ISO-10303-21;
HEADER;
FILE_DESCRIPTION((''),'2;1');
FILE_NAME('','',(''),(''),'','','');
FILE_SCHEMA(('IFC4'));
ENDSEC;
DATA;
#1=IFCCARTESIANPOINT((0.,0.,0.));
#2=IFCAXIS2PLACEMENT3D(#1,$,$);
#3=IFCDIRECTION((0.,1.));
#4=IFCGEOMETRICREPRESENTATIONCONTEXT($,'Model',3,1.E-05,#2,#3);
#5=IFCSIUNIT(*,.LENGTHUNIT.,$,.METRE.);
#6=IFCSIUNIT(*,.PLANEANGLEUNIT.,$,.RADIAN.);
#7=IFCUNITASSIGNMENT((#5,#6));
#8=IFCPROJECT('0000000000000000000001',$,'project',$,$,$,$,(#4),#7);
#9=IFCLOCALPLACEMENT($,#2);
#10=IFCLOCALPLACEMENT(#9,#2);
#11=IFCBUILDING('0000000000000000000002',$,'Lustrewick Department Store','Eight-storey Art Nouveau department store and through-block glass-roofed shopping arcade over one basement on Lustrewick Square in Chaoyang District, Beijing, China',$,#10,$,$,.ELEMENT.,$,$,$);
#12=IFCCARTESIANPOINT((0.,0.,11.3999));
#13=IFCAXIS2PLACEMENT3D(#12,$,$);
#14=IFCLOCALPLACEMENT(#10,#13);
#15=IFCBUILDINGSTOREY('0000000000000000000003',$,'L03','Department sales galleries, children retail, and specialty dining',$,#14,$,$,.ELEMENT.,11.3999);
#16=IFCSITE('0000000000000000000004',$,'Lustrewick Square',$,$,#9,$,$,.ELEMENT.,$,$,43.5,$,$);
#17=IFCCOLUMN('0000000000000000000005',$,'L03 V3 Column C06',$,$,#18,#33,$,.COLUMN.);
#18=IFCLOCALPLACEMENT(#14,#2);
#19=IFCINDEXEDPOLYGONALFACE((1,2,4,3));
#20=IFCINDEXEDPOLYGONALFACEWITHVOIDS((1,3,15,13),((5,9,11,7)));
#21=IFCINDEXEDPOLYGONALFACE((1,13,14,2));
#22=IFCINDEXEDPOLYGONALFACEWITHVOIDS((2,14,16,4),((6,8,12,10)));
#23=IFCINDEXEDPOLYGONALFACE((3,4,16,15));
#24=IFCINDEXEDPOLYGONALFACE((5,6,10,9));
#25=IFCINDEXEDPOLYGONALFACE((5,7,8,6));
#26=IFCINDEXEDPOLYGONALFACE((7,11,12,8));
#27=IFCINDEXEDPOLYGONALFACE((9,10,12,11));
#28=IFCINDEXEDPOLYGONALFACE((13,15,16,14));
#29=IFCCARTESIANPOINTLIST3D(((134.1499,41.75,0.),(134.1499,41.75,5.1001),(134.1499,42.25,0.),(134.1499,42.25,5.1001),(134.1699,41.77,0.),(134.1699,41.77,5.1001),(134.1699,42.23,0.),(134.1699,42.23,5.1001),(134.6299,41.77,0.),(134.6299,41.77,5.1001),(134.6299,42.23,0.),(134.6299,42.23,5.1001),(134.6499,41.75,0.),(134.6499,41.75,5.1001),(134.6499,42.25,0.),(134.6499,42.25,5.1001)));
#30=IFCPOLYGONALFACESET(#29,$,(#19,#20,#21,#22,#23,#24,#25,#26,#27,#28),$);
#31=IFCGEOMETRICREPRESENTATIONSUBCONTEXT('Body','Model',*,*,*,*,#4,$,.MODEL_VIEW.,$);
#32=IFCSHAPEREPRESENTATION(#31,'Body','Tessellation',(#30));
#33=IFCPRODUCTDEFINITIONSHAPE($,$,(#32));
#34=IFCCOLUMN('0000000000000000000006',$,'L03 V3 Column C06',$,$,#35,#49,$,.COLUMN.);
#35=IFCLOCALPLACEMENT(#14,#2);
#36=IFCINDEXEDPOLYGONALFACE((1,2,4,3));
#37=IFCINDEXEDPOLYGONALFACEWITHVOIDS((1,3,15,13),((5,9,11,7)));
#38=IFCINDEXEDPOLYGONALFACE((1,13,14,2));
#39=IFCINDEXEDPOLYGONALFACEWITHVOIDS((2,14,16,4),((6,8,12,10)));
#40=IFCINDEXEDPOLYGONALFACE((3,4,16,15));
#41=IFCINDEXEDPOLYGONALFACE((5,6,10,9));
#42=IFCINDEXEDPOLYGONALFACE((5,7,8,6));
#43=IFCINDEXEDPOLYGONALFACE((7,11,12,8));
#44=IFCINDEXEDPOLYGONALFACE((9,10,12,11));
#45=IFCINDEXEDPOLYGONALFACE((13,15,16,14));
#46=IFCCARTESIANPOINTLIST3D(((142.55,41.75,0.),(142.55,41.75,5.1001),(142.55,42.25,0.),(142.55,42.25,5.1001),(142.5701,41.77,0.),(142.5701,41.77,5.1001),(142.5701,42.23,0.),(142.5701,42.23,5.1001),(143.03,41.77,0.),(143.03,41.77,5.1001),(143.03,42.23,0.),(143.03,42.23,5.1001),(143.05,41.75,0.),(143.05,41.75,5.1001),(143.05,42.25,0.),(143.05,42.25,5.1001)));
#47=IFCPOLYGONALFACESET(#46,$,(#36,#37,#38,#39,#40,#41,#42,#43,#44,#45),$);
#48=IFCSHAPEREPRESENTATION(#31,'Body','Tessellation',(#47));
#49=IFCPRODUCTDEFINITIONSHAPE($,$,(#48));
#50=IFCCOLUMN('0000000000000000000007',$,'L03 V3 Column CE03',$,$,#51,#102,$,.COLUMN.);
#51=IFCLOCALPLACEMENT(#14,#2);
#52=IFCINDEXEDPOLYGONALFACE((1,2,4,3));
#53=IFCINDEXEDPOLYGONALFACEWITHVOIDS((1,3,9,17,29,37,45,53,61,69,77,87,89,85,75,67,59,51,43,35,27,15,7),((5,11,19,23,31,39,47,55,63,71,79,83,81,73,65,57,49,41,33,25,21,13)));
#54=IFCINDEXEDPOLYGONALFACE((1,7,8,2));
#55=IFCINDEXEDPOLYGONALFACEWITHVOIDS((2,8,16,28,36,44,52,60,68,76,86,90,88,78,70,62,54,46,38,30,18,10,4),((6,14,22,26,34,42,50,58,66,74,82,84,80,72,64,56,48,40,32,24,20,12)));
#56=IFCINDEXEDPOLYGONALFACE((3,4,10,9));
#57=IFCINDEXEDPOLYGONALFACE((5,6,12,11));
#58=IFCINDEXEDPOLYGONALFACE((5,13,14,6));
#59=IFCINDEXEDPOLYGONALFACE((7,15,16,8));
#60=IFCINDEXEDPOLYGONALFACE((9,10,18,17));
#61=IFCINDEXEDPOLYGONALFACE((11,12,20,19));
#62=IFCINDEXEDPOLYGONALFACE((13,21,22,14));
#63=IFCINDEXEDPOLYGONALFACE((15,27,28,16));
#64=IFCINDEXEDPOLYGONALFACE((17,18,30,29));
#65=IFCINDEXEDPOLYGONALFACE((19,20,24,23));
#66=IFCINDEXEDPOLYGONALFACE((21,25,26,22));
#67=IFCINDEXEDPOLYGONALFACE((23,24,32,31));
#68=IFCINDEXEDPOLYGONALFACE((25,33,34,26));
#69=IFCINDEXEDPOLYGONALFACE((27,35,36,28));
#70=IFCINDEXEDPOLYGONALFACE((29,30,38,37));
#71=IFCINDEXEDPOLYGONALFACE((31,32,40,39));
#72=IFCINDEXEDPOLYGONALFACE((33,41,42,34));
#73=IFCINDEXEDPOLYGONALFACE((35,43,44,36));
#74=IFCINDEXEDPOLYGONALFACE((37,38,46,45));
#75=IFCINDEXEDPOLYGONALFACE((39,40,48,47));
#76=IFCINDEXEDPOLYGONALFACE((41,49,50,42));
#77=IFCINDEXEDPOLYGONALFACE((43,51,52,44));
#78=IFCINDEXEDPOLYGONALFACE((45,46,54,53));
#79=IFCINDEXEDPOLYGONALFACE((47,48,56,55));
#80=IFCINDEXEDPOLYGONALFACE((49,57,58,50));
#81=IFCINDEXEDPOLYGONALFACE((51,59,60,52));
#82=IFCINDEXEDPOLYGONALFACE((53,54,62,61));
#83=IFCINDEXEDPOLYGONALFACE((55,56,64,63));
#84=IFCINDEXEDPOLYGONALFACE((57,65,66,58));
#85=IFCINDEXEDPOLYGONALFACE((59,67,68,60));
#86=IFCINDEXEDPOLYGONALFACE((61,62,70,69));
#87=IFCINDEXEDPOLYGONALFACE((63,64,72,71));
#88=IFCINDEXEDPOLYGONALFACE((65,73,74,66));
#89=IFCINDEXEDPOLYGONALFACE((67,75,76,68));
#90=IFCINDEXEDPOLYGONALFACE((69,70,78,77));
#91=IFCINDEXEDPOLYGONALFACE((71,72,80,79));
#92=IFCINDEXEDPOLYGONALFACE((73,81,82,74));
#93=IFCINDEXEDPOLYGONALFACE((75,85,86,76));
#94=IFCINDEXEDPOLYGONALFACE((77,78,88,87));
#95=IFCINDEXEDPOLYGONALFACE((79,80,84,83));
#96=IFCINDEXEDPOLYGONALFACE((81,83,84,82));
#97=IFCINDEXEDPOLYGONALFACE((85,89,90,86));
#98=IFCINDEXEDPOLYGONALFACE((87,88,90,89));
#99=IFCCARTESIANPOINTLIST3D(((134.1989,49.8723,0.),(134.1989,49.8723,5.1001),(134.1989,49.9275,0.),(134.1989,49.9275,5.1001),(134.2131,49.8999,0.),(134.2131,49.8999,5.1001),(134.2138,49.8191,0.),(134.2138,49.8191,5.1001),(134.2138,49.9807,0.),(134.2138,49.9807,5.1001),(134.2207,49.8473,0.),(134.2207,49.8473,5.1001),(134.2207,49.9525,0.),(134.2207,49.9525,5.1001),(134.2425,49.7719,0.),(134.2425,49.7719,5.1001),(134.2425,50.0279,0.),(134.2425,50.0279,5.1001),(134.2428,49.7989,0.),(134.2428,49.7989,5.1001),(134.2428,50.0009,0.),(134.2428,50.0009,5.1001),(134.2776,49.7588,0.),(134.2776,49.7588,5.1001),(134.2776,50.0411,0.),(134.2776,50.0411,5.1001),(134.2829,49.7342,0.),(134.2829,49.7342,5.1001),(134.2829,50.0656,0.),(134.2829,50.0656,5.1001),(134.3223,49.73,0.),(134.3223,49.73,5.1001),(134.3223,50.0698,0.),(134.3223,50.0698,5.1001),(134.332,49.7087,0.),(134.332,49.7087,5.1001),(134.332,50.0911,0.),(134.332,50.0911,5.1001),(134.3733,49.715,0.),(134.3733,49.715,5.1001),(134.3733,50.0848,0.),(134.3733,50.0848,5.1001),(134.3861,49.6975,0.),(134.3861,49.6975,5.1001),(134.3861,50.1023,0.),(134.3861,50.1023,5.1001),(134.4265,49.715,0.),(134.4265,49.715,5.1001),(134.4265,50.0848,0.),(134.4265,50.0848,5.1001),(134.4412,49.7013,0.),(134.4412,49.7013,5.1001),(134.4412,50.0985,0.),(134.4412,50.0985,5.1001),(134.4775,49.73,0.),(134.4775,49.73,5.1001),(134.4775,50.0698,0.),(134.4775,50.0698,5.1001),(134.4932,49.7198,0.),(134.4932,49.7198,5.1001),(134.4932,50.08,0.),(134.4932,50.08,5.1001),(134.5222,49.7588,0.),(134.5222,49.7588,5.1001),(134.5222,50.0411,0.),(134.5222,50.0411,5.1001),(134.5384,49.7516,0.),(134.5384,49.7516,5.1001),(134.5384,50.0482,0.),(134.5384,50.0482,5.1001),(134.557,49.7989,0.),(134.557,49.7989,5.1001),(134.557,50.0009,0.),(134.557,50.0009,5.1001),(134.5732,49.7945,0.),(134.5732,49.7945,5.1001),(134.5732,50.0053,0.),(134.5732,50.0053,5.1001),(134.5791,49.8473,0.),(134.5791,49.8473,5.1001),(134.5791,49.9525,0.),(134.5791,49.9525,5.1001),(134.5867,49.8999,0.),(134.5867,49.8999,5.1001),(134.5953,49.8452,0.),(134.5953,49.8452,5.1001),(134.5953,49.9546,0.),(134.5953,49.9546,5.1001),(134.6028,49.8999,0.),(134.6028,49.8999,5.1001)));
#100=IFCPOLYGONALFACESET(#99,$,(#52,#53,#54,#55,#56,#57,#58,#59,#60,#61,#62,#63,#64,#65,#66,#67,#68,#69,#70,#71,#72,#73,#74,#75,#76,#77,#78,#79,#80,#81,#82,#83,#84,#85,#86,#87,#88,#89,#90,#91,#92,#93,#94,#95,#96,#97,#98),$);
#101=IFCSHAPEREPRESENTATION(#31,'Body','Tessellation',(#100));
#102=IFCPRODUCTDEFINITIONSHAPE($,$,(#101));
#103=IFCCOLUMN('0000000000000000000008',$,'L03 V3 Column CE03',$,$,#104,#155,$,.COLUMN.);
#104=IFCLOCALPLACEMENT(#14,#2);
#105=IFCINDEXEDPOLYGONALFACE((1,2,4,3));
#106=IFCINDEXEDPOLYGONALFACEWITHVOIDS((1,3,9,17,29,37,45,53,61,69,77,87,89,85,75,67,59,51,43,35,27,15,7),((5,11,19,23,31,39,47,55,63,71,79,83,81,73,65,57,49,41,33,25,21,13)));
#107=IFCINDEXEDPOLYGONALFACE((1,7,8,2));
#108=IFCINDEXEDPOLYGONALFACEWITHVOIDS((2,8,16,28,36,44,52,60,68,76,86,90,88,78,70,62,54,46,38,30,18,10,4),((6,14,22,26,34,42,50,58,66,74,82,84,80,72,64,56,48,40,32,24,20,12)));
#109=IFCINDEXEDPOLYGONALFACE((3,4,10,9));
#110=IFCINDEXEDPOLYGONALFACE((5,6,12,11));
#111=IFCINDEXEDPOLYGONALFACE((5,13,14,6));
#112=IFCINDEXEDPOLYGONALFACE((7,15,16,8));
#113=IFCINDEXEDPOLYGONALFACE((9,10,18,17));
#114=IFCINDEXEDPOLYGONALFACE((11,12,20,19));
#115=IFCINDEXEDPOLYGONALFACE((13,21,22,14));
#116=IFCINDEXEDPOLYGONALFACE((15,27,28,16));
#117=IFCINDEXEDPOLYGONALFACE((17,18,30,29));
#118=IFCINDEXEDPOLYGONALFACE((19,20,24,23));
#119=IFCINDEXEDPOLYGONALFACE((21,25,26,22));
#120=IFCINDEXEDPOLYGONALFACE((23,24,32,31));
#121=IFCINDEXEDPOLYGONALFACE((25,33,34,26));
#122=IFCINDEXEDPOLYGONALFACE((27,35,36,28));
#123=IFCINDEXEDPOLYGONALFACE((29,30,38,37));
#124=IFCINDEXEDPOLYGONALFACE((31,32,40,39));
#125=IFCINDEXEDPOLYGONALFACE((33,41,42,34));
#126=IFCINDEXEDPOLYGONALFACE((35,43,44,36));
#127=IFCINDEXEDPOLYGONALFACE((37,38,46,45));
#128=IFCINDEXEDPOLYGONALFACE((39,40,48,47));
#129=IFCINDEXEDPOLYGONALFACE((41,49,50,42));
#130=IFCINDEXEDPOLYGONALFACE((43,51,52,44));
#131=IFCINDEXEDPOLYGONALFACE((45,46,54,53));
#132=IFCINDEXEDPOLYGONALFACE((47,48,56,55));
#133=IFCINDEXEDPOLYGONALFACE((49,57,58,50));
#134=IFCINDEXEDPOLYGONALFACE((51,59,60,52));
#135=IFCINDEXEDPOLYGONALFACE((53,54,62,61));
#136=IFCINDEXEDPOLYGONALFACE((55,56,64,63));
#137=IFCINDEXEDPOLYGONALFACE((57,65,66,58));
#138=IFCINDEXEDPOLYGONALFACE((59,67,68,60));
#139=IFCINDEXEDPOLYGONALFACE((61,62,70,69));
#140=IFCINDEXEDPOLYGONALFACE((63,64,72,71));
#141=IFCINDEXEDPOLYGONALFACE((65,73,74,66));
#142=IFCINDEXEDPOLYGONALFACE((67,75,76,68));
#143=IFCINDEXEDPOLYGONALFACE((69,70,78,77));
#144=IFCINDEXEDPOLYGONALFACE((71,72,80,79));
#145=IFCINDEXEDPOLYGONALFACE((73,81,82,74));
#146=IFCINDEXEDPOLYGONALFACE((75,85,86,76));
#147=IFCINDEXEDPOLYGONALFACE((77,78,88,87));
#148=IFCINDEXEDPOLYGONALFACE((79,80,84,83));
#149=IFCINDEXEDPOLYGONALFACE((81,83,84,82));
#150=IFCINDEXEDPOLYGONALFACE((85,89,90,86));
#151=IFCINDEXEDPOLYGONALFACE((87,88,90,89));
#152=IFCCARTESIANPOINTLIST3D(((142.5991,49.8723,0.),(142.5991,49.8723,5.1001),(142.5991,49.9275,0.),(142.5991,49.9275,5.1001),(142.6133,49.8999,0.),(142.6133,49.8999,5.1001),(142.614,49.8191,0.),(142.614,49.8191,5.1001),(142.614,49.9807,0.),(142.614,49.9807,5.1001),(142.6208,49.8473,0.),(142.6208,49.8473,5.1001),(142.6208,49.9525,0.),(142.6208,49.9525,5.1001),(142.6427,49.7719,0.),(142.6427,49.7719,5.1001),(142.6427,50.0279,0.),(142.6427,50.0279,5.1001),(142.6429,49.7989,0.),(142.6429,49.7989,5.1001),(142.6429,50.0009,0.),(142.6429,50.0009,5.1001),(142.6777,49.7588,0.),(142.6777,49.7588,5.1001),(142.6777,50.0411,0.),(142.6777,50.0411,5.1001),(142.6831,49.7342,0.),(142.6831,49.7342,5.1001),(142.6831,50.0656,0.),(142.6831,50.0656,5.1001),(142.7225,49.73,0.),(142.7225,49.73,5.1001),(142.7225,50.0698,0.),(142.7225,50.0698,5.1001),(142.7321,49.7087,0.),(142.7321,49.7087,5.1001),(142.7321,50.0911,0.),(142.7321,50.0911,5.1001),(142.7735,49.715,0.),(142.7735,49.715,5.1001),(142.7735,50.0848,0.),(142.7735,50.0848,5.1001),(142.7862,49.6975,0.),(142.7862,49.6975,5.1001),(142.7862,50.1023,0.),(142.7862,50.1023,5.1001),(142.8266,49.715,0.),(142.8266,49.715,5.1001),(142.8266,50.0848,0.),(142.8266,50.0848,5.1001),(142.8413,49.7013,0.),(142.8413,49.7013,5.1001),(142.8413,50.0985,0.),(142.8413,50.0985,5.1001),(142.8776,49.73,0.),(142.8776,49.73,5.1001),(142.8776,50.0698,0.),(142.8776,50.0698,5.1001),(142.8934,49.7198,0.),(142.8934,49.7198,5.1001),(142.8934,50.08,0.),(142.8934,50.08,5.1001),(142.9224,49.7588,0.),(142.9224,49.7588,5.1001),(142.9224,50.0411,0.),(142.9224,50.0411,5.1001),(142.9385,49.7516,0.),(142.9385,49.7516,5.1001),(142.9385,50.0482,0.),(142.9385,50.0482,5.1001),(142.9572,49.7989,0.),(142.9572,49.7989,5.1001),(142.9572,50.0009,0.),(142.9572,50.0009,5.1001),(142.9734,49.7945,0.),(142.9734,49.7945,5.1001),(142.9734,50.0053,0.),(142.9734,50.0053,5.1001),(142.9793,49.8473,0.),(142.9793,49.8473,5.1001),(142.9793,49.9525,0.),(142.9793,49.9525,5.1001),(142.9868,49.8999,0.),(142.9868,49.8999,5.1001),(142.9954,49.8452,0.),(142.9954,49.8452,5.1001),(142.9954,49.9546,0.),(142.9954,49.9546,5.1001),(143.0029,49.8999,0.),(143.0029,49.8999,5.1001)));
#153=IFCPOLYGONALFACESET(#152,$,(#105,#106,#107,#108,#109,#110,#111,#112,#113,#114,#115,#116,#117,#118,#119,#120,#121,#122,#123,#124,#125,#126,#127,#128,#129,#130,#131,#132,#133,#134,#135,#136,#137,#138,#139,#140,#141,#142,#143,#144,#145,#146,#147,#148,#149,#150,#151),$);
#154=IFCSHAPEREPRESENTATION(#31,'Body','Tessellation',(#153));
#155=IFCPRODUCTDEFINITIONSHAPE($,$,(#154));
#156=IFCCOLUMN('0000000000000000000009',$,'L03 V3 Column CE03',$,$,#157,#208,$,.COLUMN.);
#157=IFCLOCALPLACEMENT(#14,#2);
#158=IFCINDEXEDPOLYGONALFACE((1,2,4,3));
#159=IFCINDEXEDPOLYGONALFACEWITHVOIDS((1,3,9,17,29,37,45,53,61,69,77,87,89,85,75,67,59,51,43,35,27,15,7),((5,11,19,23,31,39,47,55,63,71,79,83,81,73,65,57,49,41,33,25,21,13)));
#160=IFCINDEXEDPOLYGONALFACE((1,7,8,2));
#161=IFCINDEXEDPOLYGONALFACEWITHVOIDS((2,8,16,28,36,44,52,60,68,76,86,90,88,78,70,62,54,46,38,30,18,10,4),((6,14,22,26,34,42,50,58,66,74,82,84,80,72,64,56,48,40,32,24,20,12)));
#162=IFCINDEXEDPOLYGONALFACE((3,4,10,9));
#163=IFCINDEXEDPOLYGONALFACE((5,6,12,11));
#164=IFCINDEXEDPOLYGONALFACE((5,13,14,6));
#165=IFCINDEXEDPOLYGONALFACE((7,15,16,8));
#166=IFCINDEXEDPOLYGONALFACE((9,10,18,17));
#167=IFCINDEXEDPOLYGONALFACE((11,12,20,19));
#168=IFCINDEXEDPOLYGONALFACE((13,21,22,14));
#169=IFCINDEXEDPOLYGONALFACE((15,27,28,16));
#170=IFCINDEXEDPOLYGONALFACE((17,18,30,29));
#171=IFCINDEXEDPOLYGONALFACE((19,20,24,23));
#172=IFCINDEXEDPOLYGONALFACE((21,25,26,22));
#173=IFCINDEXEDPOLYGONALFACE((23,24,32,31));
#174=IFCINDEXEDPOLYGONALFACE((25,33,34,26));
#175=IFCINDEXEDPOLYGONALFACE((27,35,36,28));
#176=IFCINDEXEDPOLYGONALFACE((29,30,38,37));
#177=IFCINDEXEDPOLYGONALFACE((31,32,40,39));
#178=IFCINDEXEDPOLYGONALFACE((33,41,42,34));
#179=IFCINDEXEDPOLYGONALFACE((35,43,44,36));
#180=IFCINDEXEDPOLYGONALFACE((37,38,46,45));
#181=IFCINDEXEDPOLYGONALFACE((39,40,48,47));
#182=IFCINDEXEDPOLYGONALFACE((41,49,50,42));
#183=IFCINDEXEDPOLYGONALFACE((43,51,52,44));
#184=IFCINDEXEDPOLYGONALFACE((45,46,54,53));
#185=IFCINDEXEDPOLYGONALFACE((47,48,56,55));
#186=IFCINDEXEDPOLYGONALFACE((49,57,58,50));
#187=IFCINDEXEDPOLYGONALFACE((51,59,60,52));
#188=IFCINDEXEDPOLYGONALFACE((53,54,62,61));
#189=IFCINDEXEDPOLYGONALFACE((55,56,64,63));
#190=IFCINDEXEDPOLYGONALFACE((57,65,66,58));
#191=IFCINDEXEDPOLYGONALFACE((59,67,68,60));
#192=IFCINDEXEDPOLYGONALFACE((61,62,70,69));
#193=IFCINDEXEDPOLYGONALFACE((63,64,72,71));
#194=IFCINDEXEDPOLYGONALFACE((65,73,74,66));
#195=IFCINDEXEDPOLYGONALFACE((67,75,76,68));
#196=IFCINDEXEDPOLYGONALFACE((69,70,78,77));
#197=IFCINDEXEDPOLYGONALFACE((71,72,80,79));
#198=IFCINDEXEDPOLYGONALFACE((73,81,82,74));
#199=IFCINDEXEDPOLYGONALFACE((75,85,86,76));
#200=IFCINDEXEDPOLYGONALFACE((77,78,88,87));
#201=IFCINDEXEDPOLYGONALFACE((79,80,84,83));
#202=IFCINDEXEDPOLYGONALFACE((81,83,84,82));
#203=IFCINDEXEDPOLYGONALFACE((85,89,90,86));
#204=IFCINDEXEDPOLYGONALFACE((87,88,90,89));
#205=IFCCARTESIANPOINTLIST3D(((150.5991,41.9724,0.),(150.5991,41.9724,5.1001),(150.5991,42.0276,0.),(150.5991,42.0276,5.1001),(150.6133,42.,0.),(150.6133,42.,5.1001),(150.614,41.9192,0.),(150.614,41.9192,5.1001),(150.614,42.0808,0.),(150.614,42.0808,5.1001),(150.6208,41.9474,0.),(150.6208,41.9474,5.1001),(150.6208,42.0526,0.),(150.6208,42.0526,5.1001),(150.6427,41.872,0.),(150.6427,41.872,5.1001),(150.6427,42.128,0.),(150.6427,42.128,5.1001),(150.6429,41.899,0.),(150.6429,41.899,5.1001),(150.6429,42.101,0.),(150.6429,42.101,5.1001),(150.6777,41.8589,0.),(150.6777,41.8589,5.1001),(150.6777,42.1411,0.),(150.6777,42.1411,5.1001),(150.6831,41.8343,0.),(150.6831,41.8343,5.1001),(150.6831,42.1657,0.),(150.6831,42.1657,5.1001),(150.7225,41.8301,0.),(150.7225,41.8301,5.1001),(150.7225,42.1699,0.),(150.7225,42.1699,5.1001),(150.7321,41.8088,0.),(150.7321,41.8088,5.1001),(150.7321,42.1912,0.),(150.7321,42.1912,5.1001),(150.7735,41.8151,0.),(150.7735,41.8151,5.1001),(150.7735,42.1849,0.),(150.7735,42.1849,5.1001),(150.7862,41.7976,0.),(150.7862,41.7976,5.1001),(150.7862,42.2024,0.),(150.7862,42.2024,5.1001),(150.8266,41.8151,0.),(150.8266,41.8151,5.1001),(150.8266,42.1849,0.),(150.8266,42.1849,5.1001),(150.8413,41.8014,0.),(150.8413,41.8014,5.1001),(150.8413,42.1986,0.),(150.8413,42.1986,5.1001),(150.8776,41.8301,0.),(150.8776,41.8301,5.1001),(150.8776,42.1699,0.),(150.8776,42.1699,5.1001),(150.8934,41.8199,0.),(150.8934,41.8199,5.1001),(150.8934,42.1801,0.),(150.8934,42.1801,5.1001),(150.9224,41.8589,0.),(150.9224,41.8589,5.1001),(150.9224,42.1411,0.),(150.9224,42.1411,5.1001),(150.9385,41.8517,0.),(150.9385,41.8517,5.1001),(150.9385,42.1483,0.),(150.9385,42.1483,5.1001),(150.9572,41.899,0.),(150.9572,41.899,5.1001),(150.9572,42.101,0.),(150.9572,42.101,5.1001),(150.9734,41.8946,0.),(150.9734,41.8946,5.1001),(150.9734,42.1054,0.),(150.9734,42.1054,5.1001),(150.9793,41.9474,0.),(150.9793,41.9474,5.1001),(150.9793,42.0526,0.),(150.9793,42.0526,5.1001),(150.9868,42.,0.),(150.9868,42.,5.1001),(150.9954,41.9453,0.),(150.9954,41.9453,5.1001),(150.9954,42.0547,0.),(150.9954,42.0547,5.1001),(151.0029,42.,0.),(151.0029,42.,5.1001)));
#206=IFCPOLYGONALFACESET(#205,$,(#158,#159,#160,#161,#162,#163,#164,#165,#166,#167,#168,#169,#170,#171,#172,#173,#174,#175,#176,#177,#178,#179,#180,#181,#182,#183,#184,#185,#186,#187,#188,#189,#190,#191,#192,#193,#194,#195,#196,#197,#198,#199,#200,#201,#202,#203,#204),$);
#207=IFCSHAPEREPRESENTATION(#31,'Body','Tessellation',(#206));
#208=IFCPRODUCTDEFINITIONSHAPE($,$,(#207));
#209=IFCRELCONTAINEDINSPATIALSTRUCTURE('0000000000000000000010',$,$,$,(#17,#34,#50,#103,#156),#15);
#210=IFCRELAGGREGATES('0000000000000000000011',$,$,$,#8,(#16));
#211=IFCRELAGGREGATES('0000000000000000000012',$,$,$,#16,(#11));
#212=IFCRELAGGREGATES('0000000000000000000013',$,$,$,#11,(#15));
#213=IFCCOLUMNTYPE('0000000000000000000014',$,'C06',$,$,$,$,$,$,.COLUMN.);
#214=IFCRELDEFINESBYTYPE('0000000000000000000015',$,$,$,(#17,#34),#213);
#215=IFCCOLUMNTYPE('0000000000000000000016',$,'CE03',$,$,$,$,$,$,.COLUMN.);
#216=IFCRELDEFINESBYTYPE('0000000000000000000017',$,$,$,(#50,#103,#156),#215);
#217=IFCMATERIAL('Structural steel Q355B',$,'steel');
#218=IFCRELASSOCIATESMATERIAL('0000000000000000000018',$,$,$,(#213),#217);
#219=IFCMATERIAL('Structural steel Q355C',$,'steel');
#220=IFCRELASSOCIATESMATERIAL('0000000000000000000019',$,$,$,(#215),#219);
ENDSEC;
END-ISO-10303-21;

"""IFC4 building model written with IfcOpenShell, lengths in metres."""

from ifc_helpers import new_model, si_unit, direction, frame, origin, origin_2d, place, context, subcontext, project, spatial, hollow_rectangle, hollow_circle, extrude, material, material_profile, profile_set, type_object, element, save


model = new_model("IFC4")

# Units and contexts
model_context = context("Model", 3, precision=1e-05, world=origin(), true_north=direction((0.0, 1.0)))
body_context = subcontext(model_context, "Body", "Model", "MODEL_VIEW")
ifc_project = project(units=[si_unit("LENGTHUNIT", "METRE"), si_unit("PLANEANGLEUNIT", "RADIAN")], contexts=[model_context])

# Site, building, storey
site_placement = place(None, origin())
site = spatial("IfcSite", under=ifc_project, at=site_placement, Name="Lustrewick Square", CompositionType="ELEMENT", RefElevation=43.5)
building_placement = place(site_placement, origin())
building = spatial("IfcBuilding", under=site, at=building_placement, Name="Lustrewick Department Store", Description="Eight-storey Art Nouveau department store and through-block glass-roofed shopping arcade over one basement on Lustrewick Square in Chaoyang District, Beijing, China", CompositionType="ELEMENT")
storey_placement = place(building_placement, frame((0.0, 0.0, 11.3999)))
storey = spatial("IfcBuildingStorey", under=building, at=storey_placement, Name="L03", Description="Department sales galleries, children retail, and specialty dining", CompositionType="ELEMENT", Elevation=11.3999)

# Columns
ifc_material_1 = material(Name="Structural steel Q355B", Category="steel")
ifc_material_profile_1 = material_profile(ifc_material_1, hollow_rectangle(XDim=0.5, YDim=0.5, WallThickness=0.02, at=origin_2d()), Name="BOX 500x500x20")
ifc_profile_set_1 = profile_set([ifc_material_profile_1], Name="Structural steel Q355B")
column_type_1 = type_object("IfcColumnType", Name="C06", PredefinedType="COLUMN", material=ifc_profile_set_1)
for number, where, z_axis, x_axis, name in (
    (1, (134.3999, 42.0, 0.0), (0.0, 0.0, 1.0), (1.0, 0.0, 0.0), "L03 V3 Column C06"),
    (2, (142.8, 42.0, 0.0), (0.0, 0.0, 1.0), (1.0, 0.0, 0.0), "L03 V3 Column C06"),
):
    element("IfcColumn", number, at=place(storey_placement, frame(where, z_axis=z_axis, x_axis=x_axis)), inside=storey, type_object=column_type_1, Name=name, PredefinedType="COLUMN", context=body_context, shape_type="SweptSolid", body=[
        extrude(hollow_rectangle(XDim=0.5, YDim=0.5, WallThickness=0.02, at=origin_2d()), origin(), (0.0, 0.0, 1.0), 5.1001),
    ])
ifc_material_2 = material(Name="Structural steel Q355C", Category="steel")
ifc_material_profile_2 = material_profile(ifc_material_2, hollow_circle(Radius=0.2029, WallThickness=0.0161, at=origin_2d()), Name="CHS 406x16")
ifc_profile_set_2 = profile_set([ifc_material_profile_2], Name="Structural steel Q355C")
column_type_2 = type_object("IfcColumnType", Name="CE03", PredefinedType="COLUMN", material=ifc_profile_set_2)
for number, where, z_axis, x_axis, name in (
    (3, (134.3999, 49.8999, 0.0), (0.0, 0.0, 1.0), (1.0, 0.0, 0.0), "L03 V3 Column CE03"),
    (4, (142.8, 49.8999, 0.0), (0.0, 0.0, 1.0), (1.0, 0.0, 0.0), "L03 V3 Column CE03"),
    (5, (150.8, 42.0, 0.0), (0.0, 0.0, 1.0), (1.0, 0.0, 0.0), "L03 V3 Column CE03"),
):
    element("IfcColumn", number, at=place(storey_placement, frame(where, z_axis=z_axis, x_axis=x_axis)), inside=storey, type_object=column_type_2, Name=name, PredefinedType="COLUMN", context=body_context, shape_type="SweptSolid", body=[
        extrude(hollow_circle(Radius=0.2029, WallThickness=0.0161, at=origin_2d()), origin(), (0.0, 0.0, 1.0), 5.1001),
    ])

save(model, "model.ifc")
